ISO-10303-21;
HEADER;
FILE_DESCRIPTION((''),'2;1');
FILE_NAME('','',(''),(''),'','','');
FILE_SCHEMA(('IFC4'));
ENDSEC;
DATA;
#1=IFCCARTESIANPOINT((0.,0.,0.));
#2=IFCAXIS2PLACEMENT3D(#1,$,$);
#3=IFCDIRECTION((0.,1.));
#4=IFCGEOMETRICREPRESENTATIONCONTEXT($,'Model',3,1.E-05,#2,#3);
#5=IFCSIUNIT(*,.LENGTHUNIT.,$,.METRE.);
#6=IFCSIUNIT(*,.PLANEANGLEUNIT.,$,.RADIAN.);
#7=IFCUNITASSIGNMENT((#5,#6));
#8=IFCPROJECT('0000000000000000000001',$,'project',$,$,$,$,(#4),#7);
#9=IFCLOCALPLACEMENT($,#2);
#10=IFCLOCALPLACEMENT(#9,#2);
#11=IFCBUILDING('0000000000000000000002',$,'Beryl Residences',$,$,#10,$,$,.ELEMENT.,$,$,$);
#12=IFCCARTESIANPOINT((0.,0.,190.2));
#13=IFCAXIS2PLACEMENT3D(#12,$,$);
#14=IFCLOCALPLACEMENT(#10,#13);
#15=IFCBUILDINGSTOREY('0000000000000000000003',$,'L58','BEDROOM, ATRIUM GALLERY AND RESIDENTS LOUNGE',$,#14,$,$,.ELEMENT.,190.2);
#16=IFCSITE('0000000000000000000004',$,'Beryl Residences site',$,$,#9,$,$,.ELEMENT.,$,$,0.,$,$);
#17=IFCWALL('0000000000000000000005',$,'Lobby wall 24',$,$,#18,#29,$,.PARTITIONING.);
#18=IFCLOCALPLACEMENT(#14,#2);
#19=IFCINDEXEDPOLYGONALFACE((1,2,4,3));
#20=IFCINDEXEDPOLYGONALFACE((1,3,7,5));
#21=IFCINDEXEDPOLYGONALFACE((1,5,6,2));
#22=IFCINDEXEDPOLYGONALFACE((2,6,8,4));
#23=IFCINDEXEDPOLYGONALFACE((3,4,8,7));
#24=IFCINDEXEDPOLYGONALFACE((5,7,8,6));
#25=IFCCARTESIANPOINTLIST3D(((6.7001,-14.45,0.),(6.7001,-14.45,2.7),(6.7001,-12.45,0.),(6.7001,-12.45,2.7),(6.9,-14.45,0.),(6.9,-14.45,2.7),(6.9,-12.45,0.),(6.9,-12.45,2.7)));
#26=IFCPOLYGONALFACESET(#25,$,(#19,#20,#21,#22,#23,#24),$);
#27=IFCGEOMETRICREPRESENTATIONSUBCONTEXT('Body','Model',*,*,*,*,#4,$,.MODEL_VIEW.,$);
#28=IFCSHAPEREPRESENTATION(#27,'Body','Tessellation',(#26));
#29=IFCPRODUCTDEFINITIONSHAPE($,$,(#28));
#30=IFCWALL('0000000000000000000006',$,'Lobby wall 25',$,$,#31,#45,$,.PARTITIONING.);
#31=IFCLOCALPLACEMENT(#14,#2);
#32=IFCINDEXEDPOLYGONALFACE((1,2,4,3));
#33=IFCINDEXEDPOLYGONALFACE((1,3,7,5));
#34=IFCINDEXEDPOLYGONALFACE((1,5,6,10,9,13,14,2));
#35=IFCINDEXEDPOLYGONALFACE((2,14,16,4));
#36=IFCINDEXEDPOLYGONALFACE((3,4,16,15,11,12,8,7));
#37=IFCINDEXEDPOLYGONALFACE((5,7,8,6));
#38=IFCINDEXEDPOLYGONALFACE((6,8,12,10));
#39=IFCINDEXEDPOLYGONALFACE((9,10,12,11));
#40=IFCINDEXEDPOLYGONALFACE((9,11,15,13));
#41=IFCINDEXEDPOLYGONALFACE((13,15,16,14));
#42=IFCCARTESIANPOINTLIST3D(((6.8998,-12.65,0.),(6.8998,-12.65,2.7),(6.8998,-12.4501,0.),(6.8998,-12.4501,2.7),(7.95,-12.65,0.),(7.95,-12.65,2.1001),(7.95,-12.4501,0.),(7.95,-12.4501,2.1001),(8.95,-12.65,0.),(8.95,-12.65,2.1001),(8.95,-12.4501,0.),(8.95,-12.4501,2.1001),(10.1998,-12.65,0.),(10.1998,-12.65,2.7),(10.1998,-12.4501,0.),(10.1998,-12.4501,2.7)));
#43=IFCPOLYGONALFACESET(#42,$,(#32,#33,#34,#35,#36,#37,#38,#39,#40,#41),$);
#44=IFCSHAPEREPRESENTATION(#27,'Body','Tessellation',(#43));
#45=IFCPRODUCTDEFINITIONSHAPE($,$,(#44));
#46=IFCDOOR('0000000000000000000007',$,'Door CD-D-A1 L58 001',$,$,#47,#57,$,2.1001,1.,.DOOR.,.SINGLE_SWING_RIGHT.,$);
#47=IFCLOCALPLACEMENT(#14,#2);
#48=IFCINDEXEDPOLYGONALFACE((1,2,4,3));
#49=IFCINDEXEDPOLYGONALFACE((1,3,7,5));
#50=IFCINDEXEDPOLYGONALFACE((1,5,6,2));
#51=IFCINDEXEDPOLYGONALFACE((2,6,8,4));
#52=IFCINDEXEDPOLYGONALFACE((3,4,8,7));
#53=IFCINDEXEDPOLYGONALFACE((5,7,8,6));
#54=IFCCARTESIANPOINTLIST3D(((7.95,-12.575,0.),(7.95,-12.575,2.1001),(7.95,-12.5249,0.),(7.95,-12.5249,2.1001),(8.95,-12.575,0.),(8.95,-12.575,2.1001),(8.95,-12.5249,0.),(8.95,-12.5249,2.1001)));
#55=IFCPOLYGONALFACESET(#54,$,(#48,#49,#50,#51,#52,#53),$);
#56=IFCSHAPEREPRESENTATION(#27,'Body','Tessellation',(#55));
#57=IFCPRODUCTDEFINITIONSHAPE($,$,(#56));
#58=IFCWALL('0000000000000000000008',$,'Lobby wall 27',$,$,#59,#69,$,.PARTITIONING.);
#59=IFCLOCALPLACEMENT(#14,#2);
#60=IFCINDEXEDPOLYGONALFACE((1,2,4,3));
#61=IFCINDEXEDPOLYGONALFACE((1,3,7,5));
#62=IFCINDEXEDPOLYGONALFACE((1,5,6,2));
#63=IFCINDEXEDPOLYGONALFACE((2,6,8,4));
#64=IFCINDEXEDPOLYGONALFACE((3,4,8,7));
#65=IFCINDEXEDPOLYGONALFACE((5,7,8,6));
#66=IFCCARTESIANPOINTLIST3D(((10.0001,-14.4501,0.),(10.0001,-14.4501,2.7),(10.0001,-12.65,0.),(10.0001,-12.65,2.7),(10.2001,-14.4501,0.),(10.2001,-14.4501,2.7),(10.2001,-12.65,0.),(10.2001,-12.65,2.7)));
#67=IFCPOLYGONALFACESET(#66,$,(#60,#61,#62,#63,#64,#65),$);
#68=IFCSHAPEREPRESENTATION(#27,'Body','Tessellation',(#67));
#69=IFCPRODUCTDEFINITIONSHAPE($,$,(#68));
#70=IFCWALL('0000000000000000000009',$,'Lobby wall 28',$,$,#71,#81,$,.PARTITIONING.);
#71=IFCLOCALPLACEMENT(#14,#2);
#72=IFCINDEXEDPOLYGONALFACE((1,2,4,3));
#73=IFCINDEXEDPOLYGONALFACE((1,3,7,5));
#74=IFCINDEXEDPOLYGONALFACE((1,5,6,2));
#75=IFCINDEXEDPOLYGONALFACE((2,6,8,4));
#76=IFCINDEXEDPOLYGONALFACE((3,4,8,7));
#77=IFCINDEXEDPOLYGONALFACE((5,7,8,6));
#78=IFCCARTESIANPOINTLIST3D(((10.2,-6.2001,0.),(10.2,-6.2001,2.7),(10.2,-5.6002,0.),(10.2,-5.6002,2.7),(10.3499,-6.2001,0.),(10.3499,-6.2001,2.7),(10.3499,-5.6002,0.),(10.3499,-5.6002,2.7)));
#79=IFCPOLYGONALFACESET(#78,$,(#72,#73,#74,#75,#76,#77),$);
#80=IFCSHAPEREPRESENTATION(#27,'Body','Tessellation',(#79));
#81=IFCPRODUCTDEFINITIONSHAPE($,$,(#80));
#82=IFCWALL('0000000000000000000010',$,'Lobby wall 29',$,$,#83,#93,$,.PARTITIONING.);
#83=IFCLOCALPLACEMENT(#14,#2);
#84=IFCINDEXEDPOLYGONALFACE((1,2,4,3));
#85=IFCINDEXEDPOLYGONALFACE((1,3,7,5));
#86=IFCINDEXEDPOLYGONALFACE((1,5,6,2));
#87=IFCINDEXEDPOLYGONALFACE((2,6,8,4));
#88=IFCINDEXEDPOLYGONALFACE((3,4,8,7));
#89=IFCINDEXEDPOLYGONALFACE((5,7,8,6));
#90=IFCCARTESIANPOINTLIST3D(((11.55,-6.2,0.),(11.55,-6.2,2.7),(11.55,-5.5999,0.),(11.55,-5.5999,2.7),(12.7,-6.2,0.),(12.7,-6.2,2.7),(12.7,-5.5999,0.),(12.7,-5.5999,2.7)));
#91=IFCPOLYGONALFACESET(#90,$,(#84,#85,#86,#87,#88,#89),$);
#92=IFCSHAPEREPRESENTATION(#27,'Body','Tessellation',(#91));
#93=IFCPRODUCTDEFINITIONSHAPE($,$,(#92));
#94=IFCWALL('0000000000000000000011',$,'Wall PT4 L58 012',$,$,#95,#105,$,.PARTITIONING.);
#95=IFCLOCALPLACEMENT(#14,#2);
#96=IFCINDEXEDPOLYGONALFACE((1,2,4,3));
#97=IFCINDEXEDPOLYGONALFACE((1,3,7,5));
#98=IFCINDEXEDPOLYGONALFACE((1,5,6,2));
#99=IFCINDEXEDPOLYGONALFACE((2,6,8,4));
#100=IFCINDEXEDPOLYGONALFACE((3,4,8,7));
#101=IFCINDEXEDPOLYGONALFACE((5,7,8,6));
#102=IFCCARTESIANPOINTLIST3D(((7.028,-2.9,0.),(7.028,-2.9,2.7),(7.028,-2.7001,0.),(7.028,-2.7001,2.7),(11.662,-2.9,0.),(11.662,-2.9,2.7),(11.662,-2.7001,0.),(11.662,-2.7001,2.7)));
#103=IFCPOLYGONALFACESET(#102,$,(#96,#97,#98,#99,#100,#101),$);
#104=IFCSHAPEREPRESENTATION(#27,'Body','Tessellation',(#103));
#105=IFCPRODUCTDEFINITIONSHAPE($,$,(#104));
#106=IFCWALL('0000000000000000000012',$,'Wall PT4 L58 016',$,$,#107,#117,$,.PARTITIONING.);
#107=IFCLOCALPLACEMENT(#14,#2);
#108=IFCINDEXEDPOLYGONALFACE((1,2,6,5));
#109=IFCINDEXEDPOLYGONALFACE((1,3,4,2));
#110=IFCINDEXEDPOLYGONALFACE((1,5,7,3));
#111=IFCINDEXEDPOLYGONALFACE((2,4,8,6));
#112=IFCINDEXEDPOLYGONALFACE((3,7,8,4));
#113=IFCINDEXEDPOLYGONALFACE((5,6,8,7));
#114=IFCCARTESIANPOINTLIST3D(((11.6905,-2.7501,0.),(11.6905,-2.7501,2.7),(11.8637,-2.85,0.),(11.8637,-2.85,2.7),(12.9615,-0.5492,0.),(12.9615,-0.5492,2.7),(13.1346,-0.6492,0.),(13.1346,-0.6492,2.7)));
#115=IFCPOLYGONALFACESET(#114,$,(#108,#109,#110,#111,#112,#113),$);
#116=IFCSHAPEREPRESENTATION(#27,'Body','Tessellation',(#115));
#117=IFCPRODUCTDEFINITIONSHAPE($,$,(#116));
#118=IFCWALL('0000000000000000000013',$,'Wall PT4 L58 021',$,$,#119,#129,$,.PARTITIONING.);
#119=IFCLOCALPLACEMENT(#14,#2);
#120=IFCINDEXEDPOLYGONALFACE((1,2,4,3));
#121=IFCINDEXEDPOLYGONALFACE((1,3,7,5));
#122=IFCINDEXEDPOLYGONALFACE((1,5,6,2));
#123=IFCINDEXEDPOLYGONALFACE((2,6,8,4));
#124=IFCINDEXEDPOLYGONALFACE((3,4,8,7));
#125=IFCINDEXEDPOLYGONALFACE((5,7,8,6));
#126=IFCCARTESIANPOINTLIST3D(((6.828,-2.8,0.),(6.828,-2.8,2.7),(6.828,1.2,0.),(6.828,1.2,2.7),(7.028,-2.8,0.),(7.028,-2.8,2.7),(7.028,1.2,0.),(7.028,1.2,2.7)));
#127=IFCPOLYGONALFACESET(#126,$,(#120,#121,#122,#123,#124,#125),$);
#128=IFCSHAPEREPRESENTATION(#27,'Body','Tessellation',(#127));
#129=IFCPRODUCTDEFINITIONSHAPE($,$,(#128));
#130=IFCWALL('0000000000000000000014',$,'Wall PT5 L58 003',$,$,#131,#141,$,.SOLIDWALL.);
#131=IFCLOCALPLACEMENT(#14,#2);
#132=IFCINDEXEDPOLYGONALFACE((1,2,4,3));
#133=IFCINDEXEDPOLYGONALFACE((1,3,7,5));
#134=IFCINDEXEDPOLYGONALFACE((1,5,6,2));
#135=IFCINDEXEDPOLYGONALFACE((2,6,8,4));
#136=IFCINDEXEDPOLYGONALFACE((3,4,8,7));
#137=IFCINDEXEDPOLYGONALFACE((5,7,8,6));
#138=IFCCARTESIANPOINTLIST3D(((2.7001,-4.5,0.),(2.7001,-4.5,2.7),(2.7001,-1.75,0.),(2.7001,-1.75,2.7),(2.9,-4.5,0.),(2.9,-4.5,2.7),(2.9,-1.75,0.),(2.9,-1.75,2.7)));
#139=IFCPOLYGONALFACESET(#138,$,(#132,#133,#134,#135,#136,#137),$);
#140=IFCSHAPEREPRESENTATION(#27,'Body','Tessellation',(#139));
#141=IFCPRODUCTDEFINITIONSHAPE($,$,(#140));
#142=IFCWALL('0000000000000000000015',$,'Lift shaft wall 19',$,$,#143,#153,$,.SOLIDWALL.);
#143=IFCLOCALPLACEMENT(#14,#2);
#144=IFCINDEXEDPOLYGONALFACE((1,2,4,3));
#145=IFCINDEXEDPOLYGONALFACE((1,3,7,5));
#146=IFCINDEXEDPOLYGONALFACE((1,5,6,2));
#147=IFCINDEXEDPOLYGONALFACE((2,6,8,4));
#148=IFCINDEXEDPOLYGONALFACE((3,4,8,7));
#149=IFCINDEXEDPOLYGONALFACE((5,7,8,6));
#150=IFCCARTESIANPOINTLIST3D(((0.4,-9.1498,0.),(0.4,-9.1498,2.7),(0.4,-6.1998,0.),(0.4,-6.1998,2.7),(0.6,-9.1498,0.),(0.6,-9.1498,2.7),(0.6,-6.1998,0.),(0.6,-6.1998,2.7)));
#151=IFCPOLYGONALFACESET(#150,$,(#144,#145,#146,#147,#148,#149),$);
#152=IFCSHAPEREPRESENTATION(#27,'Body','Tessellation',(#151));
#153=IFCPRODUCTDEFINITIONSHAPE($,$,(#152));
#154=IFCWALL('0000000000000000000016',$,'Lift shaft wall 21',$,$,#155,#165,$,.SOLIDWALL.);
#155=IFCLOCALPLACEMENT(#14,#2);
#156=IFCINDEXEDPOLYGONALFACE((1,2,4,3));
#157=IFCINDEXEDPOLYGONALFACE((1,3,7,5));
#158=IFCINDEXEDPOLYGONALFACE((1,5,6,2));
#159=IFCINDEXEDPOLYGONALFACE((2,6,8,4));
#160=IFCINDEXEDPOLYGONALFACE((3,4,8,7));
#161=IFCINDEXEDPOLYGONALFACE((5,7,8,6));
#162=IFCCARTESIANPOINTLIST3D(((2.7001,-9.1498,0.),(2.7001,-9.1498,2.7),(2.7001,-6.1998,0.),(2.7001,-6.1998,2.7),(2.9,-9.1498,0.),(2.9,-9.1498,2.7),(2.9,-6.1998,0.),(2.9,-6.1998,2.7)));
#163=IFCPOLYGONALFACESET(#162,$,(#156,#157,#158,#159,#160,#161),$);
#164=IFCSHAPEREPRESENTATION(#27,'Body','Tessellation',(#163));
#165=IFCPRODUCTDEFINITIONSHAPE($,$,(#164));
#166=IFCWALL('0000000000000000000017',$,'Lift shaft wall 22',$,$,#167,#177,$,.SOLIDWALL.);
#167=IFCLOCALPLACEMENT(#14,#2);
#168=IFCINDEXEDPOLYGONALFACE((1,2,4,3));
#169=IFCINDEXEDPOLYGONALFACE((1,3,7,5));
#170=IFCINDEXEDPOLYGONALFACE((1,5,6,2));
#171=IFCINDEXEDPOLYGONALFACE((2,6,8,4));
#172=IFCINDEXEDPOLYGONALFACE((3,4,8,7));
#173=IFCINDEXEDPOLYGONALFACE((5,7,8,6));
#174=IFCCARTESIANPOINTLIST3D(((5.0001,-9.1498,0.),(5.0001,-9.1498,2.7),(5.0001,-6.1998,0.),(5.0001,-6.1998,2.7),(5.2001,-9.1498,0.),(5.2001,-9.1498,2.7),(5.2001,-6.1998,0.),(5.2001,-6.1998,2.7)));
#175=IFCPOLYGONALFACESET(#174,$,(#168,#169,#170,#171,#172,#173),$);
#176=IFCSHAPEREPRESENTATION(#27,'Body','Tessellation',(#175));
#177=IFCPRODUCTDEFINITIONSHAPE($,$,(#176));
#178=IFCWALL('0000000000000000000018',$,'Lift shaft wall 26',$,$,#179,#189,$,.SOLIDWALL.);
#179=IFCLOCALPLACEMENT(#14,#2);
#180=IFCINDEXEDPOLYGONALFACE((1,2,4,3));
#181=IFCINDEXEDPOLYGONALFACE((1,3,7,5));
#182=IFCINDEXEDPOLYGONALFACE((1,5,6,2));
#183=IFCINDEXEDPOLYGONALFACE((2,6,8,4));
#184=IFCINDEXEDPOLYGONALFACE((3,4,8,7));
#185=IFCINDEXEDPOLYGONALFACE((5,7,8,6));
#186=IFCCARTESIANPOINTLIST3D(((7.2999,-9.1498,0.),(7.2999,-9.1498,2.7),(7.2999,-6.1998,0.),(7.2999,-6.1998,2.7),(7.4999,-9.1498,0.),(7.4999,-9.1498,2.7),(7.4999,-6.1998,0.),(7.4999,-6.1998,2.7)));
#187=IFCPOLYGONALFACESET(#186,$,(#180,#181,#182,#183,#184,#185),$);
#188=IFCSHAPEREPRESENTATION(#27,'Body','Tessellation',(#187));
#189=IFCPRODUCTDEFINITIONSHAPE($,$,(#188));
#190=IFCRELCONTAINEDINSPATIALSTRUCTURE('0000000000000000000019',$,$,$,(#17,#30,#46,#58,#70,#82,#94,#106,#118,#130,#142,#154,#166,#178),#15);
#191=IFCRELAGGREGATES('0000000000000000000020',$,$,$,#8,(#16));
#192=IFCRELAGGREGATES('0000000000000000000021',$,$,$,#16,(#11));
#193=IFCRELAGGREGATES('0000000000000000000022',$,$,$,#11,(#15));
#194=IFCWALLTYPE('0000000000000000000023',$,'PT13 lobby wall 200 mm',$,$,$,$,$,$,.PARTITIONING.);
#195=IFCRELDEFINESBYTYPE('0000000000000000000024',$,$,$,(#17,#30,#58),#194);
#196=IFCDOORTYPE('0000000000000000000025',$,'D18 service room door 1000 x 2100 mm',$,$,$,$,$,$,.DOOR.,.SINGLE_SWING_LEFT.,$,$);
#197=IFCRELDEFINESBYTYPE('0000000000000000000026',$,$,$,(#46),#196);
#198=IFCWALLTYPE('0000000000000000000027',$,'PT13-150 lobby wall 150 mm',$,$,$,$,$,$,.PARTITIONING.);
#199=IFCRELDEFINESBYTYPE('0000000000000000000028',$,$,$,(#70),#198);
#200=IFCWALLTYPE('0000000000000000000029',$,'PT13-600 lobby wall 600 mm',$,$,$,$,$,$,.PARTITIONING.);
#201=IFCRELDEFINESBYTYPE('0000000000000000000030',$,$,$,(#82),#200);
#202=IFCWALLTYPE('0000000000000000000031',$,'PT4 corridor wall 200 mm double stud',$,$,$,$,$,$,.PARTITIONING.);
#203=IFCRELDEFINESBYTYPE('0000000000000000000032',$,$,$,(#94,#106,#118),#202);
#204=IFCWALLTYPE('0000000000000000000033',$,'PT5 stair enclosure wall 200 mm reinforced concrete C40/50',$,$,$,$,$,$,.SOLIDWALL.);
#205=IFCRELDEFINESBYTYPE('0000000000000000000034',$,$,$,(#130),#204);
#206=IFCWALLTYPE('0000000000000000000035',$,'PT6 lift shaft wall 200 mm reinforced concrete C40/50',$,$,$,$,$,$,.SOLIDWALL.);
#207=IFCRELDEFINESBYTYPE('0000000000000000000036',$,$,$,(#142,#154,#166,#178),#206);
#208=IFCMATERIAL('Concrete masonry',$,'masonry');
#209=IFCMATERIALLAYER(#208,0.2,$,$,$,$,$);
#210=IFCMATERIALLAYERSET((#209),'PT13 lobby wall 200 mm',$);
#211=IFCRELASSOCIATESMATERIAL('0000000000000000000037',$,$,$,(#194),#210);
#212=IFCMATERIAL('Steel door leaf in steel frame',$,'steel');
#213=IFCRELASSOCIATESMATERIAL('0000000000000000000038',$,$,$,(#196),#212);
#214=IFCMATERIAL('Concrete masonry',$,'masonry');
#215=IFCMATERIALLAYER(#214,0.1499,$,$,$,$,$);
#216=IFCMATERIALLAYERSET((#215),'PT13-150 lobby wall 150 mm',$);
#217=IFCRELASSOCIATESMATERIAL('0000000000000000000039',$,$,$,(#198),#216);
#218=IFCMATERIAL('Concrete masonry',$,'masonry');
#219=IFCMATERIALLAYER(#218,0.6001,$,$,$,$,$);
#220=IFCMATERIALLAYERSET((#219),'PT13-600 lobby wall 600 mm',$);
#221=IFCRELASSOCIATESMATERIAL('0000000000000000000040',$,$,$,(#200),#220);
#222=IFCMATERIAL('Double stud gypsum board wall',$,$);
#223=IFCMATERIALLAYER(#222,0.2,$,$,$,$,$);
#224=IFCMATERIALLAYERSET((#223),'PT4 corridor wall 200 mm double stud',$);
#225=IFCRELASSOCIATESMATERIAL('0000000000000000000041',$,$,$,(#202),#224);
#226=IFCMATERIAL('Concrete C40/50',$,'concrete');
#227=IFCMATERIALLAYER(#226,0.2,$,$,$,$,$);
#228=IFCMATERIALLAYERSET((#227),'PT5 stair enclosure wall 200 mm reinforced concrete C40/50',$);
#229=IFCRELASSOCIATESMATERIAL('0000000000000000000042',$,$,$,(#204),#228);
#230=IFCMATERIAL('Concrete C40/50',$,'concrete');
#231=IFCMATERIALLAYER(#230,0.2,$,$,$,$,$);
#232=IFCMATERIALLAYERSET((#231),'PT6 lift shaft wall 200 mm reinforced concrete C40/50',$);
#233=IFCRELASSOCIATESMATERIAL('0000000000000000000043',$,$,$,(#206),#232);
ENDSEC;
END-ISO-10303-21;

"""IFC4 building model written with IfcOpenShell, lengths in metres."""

from ifc_helpers import new_model, si_unit, direction, frame, frame_2d, origin, place, context, subcontext, project, spatial, rectangle, extrude, material, layer, layer_set, type_object, element, fill, save


model = new_model("IFC4")

# Units and contexts
model_context = context("Model", 3, precision=1e-05, world=origin(), true_north=direction((0.0, 1.0)))
body_context = subcontext(model_context, "Body", "Model", "MODEL_VIEW")
ifc_project = project(units=[si_unit("LENGTHUNIT", "METRE"), si_unit("PLANEANGLEUNIT", "RADIAN")], contexts=[model_context])

# Site, building, storey
site_placement = place(None, origin())
site = spatial("IfcSite", under=ifc_project, at=site_placement, Name="Beryl Residences site", CompositionType="ELEMENT", RefElevation=0.0)
building_placement = place(site_placement, origin())
building = spatial("IfcBuilding", under=site, at=building_placement, Name="Beryl Residences", CompositionType="ELEMENT")
storey_placement = place(building_placement, frame((0.0, 0.0, 190.2)))
storey = spatial("IfcBuildingStorey", under=building, at=storey_placement, Name="L58", Description="BEDROOM, ATRIUM GALLERY AND RESIDENTS LOUNGE", CompositionType="ELEMENT", Elevation=190.2)

# Wall
ifc_material_1 = material(Name="Concrete masonry", Category="masonry")
ifc_layer_1 = layer(ifc_material_1, 0.2)
ifc_layer_set_1 = layer_set([ifc_layer_1], Name="PT13 lobby wall 200 mm")
wall_type_1 = type_object("IfcWallType", Name="PT13 lobby wall 200 mm", PredefinedType="PARTITIONING", material=ifc_layer_set_1)
wall_1_placement = place(storey_placement, frame((6.8, -14.45, 0.0), z_axis=(0.0, 0.0, 1.0), x_axis=(0.0, 1.0, 0.0)))
element("IfcWall", 1, at=wall_1_placement, inside=storey, type_object=wall_type_1, Name="Lobby wall 24", PredefinedType="PARTITIONING", context=body_context, shape_type="SweptSolid", body=[
    extrude(rectangle(XDim=2.0, YDim=0.2, at=frame_2d((1.0, 0.0))), origin(), (0.0, 0.0, 1.0), 2.7),
])

# Wall, opening, door
wall_2_placement = place(storey_placement, frame((6.8999, -12.55, 0.0), z_axis=(0.0, 0.0, 1.0), x_axis=(1.0, 0.0, 0.0)))
wall_2 = element("IfcWall", 2, at=wall_2_placement, inside=storey, type_object=wall_type_1, Name="Lobby wall 25", PredefinedType="PARTITIONING", context=body_context, shape_type="SweptSolid", body=[
    extrude(rectangle(XDim=3.3, YDim=0.2, at=frame_2d((1.6499, 0.0))), origin(), (0.0, 0.0, 1.0), 2.7),
])
opening_placement = place(wall_2_placement, frame((2.05, 0.0, 0.0), z_axis=(0.0, 0.0, 1.0), x_axis=(-1.0, 0.0, 0.0)))
opening = element("IfcOpeningElement", 3, at=opening_placement, cuts=wall_2, PredefinedType="OPENING", context=body_context, shape_type="SweptSolid", body=[
    extrude(rectangle(XDim=1.0, YDim=2.1001, at=frame_2d((0.5, 1.05))), frame((0.0, 0.1099, 0.0), z_axis=(0.0, -1.0, 0.0), x_axis=(1.0, 0.0, 0.0)), (0.0, 0.0, 1.0), 0.22),
])
ifc_material_2 = material(Name="Steel door leaf in steel frame", Category="steel")
door_type = type_object("IfcDoorType", Name="D18 service room door 1000 x 2100 mm", OperationType="SINGLE_SWING_LEFT", PredefinedType="DOOR", material=ifc_material_2)
door_placement = place(opening_placement, origin())
door = element("IfcDoor", 4, at=door_placement, inside=storey, type_object=door_type, Name="Door CD-D-A1 L58 001", OperationType="SINGLE_SWING_RIGHT", OverallHeight=2.1001, OverallWidth=1.0, PredefinedType="DOOR", context=body_context, shape_type="SweptSolid", body=[
    extrude(rectangle(XDim=1.0, YDim=2.1001, at=frame_2d((0.5, 1.05))), frame((0.0, 0.0249, 0.0), z_axis=(0.0, -1.0, 0.0), x_axis=(1.0, 0.0, 0.0)), (0.0, 0.0, 1.0), 0.05),
])
fill(opening, door)

# Walls
wall_3_placement = place(storey_placement, frame((10.1001, -14.45, 0.0), z_axis=(0.0, 0.0, 1.0), x_axis=(0.0, 1.0, 0.0)))
element("IfcWall", 5, at=wall_3_placement, inside=storey, type_object=wall_type_1, Name="Lobby wall 27", PredefinedType="PARTITIONING", context=body_context, shape_type="SweptSolid", body=[
    extrude(rectangle(XDim=1.8, YDim=0.2, at=frame_2d((0.8999, 0.0))), origin(), (0.0, 0.0, 1.0), 2.7),
])
ifc_material_3 = material(Name="Concrete masonry", Category="masonry")
ifc_layer_2 = layer(ifc_material_3, 0.1499)
ifc_layer_set_2 = layer_set([ifc_layer_2], Name="PT13-150 lobby wall 150 mm")
wall_type_2 = type_object("IfcWallType", Name="PT13-150 lobby wall 150 mm", PredefinedType="PARTITIONING", material=ifc_layer_set_2)
wall_4_placement = place(storey_placement, frame((10.2749, -6.2, 0.0), z_axis=(0.0, 0.0, 1.0), x_axis=(0.0, 1.0, 0.0)))
element("IfcWall", 6, at=wall_4_placement, inside=storey, type_object=wall_type_2, Name="Lobby wall 28", PredefinedType="PARTITIONING", context=body_context, shape_type="SweptSolid", body=[
    extrude(rectangle(XDim=0.5999, YDim=0.1499, at=frame_2d((0.2998, 0.0))), origin(), (0.0, 0.0, 1.0), 2.7),
])
ifc_material_4 = material(Name="Concrete masonry", Category="masonry")
ifc_layer_3 = layer(ifc_material_4, 0.6001)
ifc_layer_set_3 = layer_set([ifc_layer_3], Name="PT13-600 lobby wall 600 mm")
wall_type_3 = type_object("IfcWallType", Name="PT13-600 lobby wall 600 mm", PredefinedType="PARTITIONING", material=ifc_layer_set_3)
wall_5_placement = place(storey_placement, frame((11.55, -5.8999, 0.0), z_axis=(0.0, 0.0, 1.0), x_axis=(1.0, 0.0, 0.0)))
element("IfcWall", 7, at=wall_5_placement, inside=storey, type_object=wall_type_3, Name="Lobby wall 29", PredefinedType="PARTITIONING", context=body_context, shape_type="SweptSolid", body=[
    extrude(rectangle(XDim=1.1499, YDim=0.6001, at=frame_2d((0.575, 0.0))), origin(), (0.0, 0.0, 1.0), 2.7),
])
ifc_material_5 = material(Name="Double stud gypsum board wall")
ifc_layer_4 = layer(ifc_material_5, 0.2)
ifc_layer_set_4 = layer_set([ifc_layer_4], Name="PT4 corridor wall 200 mm double stud")
wall_type_4 = type_object("IfcWallType", Name="PT4 corridor wall 200 mm double stud", PredefinedType="PARTITIONING", material=ifc_layer_set_4)
wall_6_placement = place(storey_placement, frame((7.0281, -2.8, 0.0), z_axis=(0.0, 0.0, 1.0), x_axis=(1.0, 0.0, 0.0)))
element("IfcWall", 8, at=wall_6_placement, inside=storey, type_object=wall_type_4, Name="Wall PT4 L58 012", PredefinedType="PARTITIONING", context=body_context, shape_type="SweptSolid", body=[
    extrude(rectangle(XDim=4.634, YDim=0.2, at=frame_2d((2.3169, 0.0))), origin(), (0.0, 0.0, 1.0), 2.7),
])
wall_7_placement = place(storey_placement, frame((11.7771, -2.8, 0.0), z_axis=(0.0, 0.0, 1.0), x_axis=(0.500086, 0.865976, 0.0)))
element("IfcWall", 9, at=wall_7_placement, inside=storey, type_object=wall_type_4, Name="Wall PT4 L58 016", PredefinedType="PARTITIONING", context=body_context, shape_type="SweptSolid", body=[
    extrude(rectangle(XDim=2.5415, YDim=0.2, at=frame_2d((1.2708, 0.0))), origin(), (0.0, 0.0, 1.0), 2.7),
])
wall_8_placement = place(storey_placement, frame((6.928, -2.8, 0.0), z_axis=(0.0, 0.0, 1.0), x_axis=(0.0, 1.0, 0.0)))
element("IfcWall", 10, at=wall_8_placement, inside=storey, type_object=wall_type_4, Name="Wall PT4 L58 021", PredefinedType="PARTITIONING", context=body_context, shape_type="SweptSolid", body=[
    extrude(rectangle(XDim=4.0, YDim=0.2, at=frame_2d((2.0, 0.0))), origin(), (0.0, 0.0, 1.0), 2.7),
])
ifc_material_6 = material(Name="Concrete C40/50", Category="concrete")
ifc_layer_5 = layer(ifc_material_6, 0.2)
ifc_layer_set_5 = layer_set([ifc_layer_5], Name="PT5 stair enclosure wall 200 mm reinforced concrete C40/50")
wall_type_5 = type_object("IfcWallType", Name="PT5 stair enclosure wall 200 mm reinforced concrete C40/50", PredefinedType="SOLIDWALL", material=ifc_layer_set_5)
wall_9_placement = place(storey_placement, frame((2.8, -4.5, 0.0), z_axis=(0.0, 0.0, 1.0), x_axis=(0.0, 1.0, 0.0)))
element("IfcWall", 11, at=wall_9_placement, inside=storey, type_object=wall_type_5, Name="Wall PT5 L58 003", PredefinedType="SOLIDWALL", context=body_context, shape_type="SweptSolid", body=[
    extrude(rectangle(XDim=2.75, YDim=0.2, at=frame_2d((1.375, 0.0))), origin(), (0.0, 0.0, 1.0), 2.7),
])
ifc_material_7 = material(Name="Concrete C40/50", Category="concrete")
ifc_layer_6 = layer(ifc_material_7, 0.2)
ifc_layer_set_6 = layer_set([ifc_layer_6], Name="PT6 lift shaft wall 200 mm reinforced concrete C40/50")
wall_type_6 = type_object("IfcWallType", Name="PT6 lift shaft wall 200 mm reinforced concrete C40/50", PredefinedType="SOLIDWALL", material=ifc_layer_set_6)
for number, where, z_axis, x_axis, name in (
    (12, (0.5, -9.1499, 0.0), (0.0, 0.0, 1.0), (0.0, 1.0, 0.0), "Lift shaft wall 19"),
    (13, (2.8, -9.1499, 0.0), (0.0, 0.0, 1.0), (0.0, 1.0, 0.0), "Lift shaft wall 21"),
    (14, (5.1001, -9.1499, 0.0), (0.0, 0.0, 1.0), (0.0, 1.0, 0.0), "Lift shaft wall 22"),
    (15, (7.3999, -9.1499, 0.0), (0.0, 0.0, 1.0), (0.0, 1.0, 0.0), "Lift shaft wall 26"),
):
    element("IfcWall", number, at=place(storey_placement, frame(where, z_axis=z_axis, x_axis=x_axis)), inside=storey, type_object=wall_type_6, Name=name, PredefinedType="SOLIDWALL", context=body_context, shape_type="SweptSolid", body=[
        extrude(rectangle(XDim=2.95, YDim=0.2, at=frame_2d((1.4751, 0.0))), origin(), (0.0, 0.0, 1.0), 2.7),
    ])

save(model, "model.ifc")
